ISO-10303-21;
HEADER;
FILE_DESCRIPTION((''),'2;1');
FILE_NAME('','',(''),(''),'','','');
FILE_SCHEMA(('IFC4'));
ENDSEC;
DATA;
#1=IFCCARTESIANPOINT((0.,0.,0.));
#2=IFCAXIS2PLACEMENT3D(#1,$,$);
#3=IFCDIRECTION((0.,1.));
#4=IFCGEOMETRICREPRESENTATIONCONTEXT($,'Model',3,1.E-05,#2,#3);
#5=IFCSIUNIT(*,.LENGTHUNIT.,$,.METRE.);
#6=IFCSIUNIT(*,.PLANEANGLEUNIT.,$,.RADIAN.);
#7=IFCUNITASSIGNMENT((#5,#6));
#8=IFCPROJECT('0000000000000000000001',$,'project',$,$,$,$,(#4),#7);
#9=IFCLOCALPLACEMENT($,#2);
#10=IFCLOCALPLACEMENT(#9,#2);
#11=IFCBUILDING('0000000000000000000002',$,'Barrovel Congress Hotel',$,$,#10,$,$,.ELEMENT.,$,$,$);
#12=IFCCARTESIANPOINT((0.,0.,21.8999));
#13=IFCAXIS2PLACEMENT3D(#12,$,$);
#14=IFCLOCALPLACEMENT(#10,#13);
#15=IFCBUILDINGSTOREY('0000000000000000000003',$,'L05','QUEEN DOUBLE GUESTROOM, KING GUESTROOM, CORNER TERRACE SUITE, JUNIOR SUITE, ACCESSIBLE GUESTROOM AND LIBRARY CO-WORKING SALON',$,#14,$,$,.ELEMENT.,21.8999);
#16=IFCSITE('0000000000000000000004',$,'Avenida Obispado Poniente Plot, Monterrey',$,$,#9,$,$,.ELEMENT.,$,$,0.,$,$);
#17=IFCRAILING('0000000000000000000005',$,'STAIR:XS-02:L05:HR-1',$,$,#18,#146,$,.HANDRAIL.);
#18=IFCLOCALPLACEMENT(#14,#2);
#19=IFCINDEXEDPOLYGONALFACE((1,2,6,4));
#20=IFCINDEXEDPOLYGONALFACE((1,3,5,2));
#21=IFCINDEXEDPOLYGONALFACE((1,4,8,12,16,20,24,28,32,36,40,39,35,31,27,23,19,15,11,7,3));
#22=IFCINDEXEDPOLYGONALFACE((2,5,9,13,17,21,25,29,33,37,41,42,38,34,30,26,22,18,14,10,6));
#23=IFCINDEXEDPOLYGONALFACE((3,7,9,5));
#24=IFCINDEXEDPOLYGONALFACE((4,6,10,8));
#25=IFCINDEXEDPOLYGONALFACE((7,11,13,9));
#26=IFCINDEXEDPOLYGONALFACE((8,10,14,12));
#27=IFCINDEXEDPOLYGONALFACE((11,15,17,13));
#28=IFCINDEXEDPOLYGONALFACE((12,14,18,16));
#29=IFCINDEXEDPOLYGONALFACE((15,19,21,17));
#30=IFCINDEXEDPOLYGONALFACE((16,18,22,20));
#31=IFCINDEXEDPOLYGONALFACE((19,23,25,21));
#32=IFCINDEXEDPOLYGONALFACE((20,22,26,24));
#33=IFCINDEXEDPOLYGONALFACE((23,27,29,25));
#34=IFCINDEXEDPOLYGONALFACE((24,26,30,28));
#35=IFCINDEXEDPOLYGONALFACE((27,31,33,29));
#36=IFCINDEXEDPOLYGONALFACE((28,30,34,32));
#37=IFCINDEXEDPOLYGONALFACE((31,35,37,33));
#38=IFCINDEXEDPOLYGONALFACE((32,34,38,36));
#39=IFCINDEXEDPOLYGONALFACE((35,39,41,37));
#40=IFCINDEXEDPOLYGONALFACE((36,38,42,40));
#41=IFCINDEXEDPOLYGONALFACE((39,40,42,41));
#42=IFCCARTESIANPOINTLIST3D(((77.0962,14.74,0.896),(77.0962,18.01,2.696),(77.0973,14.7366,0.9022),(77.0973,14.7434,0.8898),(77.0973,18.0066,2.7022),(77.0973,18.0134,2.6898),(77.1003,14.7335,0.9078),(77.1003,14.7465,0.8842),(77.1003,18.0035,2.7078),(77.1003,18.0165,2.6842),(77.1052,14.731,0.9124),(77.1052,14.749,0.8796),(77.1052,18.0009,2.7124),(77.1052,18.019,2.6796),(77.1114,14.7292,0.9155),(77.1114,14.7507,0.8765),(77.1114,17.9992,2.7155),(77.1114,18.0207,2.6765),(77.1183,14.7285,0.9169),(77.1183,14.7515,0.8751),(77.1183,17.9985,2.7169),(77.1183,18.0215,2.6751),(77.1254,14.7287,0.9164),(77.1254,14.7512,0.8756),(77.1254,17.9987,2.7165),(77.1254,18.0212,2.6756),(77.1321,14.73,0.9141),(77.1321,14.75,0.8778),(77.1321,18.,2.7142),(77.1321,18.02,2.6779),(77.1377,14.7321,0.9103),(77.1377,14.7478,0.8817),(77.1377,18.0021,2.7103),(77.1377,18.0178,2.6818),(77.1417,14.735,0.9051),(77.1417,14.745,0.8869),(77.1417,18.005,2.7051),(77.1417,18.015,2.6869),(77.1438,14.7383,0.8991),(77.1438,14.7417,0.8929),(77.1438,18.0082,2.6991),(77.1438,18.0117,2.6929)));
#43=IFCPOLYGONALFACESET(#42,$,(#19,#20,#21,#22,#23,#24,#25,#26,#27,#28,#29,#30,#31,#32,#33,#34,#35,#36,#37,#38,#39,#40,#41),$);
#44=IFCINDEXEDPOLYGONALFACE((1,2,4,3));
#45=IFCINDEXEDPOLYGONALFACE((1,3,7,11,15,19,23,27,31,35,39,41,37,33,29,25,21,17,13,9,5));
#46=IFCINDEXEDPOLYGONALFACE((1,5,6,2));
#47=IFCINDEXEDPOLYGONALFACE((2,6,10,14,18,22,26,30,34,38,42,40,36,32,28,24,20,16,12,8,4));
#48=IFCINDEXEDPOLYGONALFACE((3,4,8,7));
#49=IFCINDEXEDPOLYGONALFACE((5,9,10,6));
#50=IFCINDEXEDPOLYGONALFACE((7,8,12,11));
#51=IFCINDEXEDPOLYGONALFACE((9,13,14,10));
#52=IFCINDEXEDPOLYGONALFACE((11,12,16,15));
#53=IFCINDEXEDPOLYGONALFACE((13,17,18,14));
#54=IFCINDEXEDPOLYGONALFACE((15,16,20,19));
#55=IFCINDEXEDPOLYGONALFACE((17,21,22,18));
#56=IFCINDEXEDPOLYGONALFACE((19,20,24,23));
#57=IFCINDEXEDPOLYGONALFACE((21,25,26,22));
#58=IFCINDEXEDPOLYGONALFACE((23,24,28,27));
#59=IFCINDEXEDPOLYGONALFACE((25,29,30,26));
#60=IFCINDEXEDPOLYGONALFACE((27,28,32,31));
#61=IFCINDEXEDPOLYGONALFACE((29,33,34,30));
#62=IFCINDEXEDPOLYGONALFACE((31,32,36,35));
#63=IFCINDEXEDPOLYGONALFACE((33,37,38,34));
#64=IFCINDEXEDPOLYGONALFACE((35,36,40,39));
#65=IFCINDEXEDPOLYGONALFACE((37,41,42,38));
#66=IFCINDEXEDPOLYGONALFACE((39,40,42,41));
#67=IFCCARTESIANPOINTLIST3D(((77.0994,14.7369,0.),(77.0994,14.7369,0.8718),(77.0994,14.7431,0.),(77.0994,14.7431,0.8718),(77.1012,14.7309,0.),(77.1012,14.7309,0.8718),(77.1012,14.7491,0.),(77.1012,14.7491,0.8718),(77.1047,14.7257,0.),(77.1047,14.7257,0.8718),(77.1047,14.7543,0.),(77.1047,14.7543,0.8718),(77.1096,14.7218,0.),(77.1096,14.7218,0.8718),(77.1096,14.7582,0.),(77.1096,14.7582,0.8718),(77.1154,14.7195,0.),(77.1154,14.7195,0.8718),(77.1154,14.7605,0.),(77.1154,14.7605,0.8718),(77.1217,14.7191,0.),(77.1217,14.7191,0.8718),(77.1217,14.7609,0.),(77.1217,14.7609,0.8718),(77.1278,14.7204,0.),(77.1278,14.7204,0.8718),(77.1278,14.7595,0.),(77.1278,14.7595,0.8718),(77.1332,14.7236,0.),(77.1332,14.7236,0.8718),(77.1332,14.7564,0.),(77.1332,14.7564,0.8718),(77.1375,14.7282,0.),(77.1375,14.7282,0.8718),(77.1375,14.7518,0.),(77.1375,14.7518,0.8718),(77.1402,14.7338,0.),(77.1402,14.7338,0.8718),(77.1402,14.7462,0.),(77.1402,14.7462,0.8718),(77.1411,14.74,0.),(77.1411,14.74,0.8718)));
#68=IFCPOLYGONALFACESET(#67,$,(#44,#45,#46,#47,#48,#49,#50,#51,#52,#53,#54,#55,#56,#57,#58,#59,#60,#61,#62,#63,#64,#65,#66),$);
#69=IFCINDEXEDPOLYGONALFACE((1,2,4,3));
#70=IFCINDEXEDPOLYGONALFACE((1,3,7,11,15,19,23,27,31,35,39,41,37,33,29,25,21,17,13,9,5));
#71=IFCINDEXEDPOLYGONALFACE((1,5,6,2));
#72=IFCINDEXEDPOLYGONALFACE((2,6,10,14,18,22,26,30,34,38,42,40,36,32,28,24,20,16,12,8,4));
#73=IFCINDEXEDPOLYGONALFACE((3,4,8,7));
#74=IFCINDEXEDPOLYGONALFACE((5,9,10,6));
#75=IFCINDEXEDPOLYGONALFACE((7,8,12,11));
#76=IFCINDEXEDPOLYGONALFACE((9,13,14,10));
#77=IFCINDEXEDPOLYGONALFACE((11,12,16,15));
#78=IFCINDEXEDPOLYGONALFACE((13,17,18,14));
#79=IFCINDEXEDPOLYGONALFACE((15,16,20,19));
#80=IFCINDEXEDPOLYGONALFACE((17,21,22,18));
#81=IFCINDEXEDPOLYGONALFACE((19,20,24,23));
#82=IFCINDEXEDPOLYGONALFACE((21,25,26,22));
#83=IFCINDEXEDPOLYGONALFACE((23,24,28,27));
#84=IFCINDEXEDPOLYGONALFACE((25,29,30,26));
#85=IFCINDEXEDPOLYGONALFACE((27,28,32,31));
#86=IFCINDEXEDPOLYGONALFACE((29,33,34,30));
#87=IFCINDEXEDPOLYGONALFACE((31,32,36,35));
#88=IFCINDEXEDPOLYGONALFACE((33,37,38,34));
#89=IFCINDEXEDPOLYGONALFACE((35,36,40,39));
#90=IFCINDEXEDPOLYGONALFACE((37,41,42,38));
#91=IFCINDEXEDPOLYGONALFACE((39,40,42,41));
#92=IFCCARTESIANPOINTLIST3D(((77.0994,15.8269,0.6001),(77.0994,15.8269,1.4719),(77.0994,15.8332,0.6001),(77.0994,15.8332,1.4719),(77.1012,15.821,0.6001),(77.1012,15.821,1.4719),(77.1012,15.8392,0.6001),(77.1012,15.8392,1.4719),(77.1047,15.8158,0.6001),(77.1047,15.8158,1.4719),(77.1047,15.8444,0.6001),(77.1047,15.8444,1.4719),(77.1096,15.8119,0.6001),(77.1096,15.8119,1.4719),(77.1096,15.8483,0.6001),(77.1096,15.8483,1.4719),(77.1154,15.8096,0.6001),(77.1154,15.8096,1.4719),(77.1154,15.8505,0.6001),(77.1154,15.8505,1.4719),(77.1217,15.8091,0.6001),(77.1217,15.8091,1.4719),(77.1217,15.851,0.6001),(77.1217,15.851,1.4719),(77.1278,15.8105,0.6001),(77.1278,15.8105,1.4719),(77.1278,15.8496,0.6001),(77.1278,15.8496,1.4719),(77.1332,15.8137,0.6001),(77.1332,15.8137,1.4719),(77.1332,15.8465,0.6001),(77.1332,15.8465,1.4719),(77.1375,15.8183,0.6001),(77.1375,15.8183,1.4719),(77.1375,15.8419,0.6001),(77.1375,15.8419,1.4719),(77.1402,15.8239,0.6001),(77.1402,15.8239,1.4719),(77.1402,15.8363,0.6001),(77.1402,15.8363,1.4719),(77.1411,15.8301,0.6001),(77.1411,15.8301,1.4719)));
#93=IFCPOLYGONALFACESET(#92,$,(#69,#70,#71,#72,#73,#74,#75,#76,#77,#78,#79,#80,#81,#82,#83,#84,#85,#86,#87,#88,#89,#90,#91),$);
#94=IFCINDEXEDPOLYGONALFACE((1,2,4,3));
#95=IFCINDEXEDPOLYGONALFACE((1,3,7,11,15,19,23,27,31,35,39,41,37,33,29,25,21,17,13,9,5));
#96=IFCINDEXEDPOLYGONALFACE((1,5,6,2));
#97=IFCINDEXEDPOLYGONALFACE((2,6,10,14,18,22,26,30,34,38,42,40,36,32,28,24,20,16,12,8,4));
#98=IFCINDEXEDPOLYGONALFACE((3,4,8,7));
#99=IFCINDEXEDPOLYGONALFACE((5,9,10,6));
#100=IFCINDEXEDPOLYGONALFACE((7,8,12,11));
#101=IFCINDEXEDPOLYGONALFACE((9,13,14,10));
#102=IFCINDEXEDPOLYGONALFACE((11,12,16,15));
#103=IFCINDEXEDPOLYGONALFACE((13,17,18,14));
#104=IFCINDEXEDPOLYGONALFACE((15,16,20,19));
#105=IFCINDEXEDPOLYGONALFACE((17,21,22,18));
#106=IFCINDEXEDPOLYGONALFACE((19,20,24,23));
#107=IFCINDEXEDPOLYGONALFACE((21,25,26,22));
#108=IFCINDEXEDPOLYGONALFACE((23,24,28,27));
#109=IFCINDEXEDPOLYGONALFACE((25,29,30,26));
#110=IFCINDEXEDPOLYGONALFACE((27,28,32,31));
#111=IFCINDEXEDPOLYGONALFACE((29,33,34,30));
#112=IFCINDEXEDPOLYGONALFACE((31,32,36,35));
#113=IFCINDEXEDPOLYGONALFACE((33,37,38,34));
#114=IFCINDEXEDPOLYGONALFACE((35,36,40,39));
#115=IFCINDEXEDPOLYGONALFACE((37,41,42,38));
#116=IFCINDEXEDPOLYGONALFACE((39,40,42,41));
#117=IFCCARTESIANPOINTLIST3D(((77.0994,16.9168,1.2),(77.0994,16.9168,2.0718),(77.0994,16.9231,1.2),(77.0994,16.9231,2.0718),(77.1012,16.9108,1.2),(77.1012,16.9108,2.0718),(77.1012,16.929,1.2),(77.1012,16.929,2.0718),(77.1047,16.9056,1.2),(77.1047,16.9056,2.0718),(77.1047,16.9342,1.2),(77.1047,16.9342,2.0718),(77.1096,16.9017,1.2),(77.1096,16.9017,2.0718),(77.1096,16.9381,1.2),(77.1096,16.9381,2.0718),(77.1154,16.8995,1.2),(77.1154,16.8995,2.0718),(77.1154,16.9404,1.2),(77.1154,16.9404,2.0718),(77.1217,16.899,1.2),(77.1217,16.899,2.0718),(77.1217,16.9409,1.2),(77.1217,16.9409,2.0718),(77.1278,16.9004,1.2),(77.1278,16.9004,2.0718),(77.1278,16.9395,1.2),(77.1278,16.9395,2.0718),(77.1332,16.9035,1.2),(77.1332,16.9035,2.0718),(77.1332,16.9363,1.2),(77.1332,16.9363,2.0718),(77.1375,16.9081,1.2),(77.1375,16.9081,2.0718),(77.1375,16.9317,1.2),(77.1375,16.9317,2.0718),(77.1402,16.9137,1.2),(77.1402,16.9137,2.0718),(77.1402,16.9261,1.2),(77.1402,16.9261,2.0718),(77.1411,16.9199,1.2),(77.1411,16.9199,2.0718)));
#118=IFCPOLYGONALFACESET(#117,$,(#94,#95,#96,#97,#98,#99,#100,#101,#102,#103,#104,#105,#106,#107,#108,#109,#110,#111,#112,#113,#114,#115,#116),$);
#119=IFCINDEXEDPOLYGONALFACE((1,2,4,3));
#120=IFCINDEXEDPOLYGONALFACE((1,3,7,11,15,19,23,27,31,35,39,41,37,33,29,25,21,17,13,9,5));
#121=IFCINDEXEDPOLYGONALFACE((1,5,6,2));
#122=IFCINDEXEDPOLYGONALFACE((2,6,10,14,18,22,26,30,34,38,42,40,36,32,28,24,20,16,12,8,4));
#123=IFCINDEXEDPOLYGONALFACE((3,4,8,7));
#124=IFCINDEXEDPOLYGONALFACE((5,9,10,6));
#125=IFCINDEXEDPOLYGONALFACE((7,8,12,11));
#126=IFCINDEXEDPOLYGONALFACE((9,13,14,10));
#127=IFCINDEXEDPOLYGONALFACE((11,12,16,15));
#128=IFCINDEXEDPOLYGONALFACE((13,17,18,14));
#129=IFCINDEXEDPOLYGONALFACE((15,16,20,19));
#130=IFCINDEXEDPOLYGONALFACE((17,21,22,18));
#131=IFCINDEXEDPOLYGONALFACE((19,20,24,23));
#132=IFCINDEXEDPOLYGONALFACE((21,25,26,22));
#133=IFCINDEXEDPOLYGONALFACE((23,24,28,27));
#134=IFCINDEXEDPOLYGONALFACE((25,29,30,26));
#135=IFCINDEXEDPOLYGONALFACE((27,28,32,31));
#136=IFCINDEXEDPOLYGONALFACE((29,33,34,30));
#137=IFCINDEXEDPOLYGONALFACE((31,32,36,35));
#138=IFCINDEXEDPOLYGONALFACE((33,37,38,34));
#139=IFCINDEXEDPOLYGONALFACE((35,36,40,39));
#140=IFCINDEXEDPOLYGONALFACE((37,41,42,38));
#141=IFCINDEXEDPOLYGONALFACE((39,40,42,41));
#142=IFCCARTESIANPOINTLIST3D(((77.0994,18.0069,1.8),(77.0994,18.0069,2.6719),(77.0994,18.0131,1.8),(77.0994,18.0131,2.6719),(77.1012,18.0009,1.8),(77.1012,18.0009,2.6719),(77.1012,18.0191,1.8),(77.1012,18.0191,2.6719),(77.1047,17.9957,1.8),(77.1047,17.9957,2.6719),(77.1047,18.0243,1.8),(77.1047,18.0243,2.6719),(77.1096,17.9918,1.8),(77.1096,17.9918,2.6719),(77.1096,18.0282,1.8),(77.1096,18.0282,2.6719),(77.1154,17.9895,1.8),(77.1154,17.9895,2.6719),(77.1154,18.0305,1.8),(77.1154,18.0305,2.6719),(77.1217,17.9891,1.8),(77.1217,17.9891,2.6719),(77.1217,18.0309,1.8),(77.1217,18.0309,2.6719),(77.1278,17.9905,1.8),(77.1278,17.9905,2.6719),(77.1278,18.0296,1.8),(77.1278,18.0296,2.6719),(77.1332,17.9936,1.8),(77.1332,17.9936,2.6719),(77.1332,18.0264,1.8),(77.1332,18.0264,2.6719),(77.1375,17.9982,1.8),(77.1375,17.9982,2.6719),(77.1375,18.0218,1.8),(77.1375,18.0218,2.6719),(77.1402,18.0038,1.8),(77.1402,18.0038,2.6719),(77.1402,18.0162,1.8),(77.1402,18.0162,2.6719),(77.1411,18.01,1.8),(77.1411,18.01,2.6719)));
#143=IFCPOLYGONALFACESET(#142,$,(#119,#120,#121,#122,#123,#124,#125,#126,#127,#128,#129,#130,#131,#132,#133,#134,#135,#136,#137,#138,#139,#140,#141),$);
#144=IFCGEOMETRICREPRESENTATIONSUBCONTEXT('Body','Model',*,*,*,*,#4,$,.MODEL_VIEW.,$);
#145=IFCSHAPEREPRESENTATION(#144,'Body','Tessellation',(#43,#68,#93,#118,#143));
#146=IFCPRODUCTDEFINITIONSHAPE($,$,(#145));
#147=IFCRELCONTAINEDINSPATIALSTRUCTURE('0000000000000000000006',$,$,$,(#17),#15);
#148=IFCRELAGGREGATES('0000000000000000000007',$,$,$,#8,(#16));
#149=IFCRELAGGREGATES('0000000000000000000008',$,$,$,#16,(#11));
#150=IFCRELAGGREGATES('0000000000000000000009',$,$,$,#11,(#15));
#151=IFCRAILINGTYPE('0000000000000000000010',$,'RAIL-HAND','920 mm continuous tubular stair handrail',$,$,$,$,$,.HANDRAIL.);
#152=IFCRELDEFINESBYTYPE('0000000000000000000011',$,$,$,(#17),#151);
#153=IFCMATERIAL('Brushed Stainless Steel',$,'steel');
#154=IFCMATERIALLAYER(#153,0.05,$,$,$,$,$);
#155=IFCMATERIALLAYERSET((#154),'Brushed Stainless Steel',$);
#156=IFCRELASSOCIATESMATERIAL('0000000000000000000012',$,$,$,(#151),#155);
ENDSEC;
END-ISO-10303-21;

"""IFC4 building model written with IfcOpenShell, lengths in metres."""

from ifc_helpers import new_model, si_unit, direction, frame, origin, origin_2d, place, context, subcontext, project, spatial, circle, extrude, material, layer, layer_set, type_object, element, save


model = new_model("IFC4")

# Units and contexts
model_context = context("Model", 3, precision=1e-05, world=origin(), true_north=direction((0.0, 1.0)))
body_context = subcontext(model_context, "Body", "Model", "MODEL_VIEW")
ifc_project = project(units=[si_unit("LENGTHUNIT", "METRE"), si_unit("PLANEANGLEUNIT", "RADIAN")], contexts=[model_context])

# Site, building, storey
site_placement = place(None, origin())
site = spatial("IfcSite", under=ifc_project, at=site_placement, Name="Avenida Obispado Poniente Plot, Monterrey", CompositionType="ELEMENT", RefElevation=0.0)
building_placement = place(site_placement, origin())
building = spatial("IfcBuilding", under=site, at=building_placement, Name="Barrovel Congress Hotel", CompositionType="ELEMENT")
storey_placement = place(building_placement, frame((0.0, 0.0, 21.8999)))
storey = spatial("IfcBuildingStorey", under=building, at=storey_placement, Name="L05", Description="QUEEN DOUBLE GUESTROOM, KING GUESTROOM, CORNER TERRACE SUITE, JUNIOR SUITE, ACCESSIBLE GUESTROOM AND LIBRARY CO-WORKING SALON", CompositionType="ELEMENT", Elevation=21.8999)

# Railing
ifc_material_1 = material(Name="Brushed Stainless Steel", Category="steel")
ifc_layer_1 = layer(ifc_material_1, 0.05)
ifc_layer_set_1 = layer_set([ifc_layer_1], Name="Brushed Stainless Steel")
railing_type_1 = type_object("IfcRailingType", Name="RAIL-HAND", Description="920 mm continuous tubular stair handrail", PredefinedType="HANDRAIL", material=ifc_layer_set_1)
railing_1_placement = place(storey_placement, frame((77.1201, 14.74, 0.0)))
element("IfcRailing", 1, at=railing_1_placement, inside=storey, type_object=railing_type_1, Name="STAIR:XS-02:L05:HR-1", PredefinedType="HANDRAIL", context=body_context, shape_type="SweptSolid", body=[
    extrude(circle(Radius=0.0239, at=origin_2d()), frame((0.0, 0.0, 0.896), z_axis=(0.0, 0.876042, 0.482235), x_axis=(-1.0, 0.0, 0.0)), (0.0, 0.0, 1.0), 3.7327),
    extrude(circle(Radius=0.021, at=origin_2d()), origin(), (0.0, 0.0, 1.0), 0.8718),
    extrude(circle(Radius=0.021, at=origin_2d()), frame((0.0, 1.0901, 0.6001)), (0.0, 0.0, 1.0), 0.8718),
    extrude(circle(Radius=0.021, at=origin_2d()), frame((0.0, 2.1799, 1.2)), (0.0, 0.0, 1.0), 0.8718),
    extrude(circle(Radius=0.021, at=origin_2d()), frame((0.0, 3.27, 1.8)), (0.0, 0.0, 1.0), 0.8718),
])

save(model, "model.ifc")
